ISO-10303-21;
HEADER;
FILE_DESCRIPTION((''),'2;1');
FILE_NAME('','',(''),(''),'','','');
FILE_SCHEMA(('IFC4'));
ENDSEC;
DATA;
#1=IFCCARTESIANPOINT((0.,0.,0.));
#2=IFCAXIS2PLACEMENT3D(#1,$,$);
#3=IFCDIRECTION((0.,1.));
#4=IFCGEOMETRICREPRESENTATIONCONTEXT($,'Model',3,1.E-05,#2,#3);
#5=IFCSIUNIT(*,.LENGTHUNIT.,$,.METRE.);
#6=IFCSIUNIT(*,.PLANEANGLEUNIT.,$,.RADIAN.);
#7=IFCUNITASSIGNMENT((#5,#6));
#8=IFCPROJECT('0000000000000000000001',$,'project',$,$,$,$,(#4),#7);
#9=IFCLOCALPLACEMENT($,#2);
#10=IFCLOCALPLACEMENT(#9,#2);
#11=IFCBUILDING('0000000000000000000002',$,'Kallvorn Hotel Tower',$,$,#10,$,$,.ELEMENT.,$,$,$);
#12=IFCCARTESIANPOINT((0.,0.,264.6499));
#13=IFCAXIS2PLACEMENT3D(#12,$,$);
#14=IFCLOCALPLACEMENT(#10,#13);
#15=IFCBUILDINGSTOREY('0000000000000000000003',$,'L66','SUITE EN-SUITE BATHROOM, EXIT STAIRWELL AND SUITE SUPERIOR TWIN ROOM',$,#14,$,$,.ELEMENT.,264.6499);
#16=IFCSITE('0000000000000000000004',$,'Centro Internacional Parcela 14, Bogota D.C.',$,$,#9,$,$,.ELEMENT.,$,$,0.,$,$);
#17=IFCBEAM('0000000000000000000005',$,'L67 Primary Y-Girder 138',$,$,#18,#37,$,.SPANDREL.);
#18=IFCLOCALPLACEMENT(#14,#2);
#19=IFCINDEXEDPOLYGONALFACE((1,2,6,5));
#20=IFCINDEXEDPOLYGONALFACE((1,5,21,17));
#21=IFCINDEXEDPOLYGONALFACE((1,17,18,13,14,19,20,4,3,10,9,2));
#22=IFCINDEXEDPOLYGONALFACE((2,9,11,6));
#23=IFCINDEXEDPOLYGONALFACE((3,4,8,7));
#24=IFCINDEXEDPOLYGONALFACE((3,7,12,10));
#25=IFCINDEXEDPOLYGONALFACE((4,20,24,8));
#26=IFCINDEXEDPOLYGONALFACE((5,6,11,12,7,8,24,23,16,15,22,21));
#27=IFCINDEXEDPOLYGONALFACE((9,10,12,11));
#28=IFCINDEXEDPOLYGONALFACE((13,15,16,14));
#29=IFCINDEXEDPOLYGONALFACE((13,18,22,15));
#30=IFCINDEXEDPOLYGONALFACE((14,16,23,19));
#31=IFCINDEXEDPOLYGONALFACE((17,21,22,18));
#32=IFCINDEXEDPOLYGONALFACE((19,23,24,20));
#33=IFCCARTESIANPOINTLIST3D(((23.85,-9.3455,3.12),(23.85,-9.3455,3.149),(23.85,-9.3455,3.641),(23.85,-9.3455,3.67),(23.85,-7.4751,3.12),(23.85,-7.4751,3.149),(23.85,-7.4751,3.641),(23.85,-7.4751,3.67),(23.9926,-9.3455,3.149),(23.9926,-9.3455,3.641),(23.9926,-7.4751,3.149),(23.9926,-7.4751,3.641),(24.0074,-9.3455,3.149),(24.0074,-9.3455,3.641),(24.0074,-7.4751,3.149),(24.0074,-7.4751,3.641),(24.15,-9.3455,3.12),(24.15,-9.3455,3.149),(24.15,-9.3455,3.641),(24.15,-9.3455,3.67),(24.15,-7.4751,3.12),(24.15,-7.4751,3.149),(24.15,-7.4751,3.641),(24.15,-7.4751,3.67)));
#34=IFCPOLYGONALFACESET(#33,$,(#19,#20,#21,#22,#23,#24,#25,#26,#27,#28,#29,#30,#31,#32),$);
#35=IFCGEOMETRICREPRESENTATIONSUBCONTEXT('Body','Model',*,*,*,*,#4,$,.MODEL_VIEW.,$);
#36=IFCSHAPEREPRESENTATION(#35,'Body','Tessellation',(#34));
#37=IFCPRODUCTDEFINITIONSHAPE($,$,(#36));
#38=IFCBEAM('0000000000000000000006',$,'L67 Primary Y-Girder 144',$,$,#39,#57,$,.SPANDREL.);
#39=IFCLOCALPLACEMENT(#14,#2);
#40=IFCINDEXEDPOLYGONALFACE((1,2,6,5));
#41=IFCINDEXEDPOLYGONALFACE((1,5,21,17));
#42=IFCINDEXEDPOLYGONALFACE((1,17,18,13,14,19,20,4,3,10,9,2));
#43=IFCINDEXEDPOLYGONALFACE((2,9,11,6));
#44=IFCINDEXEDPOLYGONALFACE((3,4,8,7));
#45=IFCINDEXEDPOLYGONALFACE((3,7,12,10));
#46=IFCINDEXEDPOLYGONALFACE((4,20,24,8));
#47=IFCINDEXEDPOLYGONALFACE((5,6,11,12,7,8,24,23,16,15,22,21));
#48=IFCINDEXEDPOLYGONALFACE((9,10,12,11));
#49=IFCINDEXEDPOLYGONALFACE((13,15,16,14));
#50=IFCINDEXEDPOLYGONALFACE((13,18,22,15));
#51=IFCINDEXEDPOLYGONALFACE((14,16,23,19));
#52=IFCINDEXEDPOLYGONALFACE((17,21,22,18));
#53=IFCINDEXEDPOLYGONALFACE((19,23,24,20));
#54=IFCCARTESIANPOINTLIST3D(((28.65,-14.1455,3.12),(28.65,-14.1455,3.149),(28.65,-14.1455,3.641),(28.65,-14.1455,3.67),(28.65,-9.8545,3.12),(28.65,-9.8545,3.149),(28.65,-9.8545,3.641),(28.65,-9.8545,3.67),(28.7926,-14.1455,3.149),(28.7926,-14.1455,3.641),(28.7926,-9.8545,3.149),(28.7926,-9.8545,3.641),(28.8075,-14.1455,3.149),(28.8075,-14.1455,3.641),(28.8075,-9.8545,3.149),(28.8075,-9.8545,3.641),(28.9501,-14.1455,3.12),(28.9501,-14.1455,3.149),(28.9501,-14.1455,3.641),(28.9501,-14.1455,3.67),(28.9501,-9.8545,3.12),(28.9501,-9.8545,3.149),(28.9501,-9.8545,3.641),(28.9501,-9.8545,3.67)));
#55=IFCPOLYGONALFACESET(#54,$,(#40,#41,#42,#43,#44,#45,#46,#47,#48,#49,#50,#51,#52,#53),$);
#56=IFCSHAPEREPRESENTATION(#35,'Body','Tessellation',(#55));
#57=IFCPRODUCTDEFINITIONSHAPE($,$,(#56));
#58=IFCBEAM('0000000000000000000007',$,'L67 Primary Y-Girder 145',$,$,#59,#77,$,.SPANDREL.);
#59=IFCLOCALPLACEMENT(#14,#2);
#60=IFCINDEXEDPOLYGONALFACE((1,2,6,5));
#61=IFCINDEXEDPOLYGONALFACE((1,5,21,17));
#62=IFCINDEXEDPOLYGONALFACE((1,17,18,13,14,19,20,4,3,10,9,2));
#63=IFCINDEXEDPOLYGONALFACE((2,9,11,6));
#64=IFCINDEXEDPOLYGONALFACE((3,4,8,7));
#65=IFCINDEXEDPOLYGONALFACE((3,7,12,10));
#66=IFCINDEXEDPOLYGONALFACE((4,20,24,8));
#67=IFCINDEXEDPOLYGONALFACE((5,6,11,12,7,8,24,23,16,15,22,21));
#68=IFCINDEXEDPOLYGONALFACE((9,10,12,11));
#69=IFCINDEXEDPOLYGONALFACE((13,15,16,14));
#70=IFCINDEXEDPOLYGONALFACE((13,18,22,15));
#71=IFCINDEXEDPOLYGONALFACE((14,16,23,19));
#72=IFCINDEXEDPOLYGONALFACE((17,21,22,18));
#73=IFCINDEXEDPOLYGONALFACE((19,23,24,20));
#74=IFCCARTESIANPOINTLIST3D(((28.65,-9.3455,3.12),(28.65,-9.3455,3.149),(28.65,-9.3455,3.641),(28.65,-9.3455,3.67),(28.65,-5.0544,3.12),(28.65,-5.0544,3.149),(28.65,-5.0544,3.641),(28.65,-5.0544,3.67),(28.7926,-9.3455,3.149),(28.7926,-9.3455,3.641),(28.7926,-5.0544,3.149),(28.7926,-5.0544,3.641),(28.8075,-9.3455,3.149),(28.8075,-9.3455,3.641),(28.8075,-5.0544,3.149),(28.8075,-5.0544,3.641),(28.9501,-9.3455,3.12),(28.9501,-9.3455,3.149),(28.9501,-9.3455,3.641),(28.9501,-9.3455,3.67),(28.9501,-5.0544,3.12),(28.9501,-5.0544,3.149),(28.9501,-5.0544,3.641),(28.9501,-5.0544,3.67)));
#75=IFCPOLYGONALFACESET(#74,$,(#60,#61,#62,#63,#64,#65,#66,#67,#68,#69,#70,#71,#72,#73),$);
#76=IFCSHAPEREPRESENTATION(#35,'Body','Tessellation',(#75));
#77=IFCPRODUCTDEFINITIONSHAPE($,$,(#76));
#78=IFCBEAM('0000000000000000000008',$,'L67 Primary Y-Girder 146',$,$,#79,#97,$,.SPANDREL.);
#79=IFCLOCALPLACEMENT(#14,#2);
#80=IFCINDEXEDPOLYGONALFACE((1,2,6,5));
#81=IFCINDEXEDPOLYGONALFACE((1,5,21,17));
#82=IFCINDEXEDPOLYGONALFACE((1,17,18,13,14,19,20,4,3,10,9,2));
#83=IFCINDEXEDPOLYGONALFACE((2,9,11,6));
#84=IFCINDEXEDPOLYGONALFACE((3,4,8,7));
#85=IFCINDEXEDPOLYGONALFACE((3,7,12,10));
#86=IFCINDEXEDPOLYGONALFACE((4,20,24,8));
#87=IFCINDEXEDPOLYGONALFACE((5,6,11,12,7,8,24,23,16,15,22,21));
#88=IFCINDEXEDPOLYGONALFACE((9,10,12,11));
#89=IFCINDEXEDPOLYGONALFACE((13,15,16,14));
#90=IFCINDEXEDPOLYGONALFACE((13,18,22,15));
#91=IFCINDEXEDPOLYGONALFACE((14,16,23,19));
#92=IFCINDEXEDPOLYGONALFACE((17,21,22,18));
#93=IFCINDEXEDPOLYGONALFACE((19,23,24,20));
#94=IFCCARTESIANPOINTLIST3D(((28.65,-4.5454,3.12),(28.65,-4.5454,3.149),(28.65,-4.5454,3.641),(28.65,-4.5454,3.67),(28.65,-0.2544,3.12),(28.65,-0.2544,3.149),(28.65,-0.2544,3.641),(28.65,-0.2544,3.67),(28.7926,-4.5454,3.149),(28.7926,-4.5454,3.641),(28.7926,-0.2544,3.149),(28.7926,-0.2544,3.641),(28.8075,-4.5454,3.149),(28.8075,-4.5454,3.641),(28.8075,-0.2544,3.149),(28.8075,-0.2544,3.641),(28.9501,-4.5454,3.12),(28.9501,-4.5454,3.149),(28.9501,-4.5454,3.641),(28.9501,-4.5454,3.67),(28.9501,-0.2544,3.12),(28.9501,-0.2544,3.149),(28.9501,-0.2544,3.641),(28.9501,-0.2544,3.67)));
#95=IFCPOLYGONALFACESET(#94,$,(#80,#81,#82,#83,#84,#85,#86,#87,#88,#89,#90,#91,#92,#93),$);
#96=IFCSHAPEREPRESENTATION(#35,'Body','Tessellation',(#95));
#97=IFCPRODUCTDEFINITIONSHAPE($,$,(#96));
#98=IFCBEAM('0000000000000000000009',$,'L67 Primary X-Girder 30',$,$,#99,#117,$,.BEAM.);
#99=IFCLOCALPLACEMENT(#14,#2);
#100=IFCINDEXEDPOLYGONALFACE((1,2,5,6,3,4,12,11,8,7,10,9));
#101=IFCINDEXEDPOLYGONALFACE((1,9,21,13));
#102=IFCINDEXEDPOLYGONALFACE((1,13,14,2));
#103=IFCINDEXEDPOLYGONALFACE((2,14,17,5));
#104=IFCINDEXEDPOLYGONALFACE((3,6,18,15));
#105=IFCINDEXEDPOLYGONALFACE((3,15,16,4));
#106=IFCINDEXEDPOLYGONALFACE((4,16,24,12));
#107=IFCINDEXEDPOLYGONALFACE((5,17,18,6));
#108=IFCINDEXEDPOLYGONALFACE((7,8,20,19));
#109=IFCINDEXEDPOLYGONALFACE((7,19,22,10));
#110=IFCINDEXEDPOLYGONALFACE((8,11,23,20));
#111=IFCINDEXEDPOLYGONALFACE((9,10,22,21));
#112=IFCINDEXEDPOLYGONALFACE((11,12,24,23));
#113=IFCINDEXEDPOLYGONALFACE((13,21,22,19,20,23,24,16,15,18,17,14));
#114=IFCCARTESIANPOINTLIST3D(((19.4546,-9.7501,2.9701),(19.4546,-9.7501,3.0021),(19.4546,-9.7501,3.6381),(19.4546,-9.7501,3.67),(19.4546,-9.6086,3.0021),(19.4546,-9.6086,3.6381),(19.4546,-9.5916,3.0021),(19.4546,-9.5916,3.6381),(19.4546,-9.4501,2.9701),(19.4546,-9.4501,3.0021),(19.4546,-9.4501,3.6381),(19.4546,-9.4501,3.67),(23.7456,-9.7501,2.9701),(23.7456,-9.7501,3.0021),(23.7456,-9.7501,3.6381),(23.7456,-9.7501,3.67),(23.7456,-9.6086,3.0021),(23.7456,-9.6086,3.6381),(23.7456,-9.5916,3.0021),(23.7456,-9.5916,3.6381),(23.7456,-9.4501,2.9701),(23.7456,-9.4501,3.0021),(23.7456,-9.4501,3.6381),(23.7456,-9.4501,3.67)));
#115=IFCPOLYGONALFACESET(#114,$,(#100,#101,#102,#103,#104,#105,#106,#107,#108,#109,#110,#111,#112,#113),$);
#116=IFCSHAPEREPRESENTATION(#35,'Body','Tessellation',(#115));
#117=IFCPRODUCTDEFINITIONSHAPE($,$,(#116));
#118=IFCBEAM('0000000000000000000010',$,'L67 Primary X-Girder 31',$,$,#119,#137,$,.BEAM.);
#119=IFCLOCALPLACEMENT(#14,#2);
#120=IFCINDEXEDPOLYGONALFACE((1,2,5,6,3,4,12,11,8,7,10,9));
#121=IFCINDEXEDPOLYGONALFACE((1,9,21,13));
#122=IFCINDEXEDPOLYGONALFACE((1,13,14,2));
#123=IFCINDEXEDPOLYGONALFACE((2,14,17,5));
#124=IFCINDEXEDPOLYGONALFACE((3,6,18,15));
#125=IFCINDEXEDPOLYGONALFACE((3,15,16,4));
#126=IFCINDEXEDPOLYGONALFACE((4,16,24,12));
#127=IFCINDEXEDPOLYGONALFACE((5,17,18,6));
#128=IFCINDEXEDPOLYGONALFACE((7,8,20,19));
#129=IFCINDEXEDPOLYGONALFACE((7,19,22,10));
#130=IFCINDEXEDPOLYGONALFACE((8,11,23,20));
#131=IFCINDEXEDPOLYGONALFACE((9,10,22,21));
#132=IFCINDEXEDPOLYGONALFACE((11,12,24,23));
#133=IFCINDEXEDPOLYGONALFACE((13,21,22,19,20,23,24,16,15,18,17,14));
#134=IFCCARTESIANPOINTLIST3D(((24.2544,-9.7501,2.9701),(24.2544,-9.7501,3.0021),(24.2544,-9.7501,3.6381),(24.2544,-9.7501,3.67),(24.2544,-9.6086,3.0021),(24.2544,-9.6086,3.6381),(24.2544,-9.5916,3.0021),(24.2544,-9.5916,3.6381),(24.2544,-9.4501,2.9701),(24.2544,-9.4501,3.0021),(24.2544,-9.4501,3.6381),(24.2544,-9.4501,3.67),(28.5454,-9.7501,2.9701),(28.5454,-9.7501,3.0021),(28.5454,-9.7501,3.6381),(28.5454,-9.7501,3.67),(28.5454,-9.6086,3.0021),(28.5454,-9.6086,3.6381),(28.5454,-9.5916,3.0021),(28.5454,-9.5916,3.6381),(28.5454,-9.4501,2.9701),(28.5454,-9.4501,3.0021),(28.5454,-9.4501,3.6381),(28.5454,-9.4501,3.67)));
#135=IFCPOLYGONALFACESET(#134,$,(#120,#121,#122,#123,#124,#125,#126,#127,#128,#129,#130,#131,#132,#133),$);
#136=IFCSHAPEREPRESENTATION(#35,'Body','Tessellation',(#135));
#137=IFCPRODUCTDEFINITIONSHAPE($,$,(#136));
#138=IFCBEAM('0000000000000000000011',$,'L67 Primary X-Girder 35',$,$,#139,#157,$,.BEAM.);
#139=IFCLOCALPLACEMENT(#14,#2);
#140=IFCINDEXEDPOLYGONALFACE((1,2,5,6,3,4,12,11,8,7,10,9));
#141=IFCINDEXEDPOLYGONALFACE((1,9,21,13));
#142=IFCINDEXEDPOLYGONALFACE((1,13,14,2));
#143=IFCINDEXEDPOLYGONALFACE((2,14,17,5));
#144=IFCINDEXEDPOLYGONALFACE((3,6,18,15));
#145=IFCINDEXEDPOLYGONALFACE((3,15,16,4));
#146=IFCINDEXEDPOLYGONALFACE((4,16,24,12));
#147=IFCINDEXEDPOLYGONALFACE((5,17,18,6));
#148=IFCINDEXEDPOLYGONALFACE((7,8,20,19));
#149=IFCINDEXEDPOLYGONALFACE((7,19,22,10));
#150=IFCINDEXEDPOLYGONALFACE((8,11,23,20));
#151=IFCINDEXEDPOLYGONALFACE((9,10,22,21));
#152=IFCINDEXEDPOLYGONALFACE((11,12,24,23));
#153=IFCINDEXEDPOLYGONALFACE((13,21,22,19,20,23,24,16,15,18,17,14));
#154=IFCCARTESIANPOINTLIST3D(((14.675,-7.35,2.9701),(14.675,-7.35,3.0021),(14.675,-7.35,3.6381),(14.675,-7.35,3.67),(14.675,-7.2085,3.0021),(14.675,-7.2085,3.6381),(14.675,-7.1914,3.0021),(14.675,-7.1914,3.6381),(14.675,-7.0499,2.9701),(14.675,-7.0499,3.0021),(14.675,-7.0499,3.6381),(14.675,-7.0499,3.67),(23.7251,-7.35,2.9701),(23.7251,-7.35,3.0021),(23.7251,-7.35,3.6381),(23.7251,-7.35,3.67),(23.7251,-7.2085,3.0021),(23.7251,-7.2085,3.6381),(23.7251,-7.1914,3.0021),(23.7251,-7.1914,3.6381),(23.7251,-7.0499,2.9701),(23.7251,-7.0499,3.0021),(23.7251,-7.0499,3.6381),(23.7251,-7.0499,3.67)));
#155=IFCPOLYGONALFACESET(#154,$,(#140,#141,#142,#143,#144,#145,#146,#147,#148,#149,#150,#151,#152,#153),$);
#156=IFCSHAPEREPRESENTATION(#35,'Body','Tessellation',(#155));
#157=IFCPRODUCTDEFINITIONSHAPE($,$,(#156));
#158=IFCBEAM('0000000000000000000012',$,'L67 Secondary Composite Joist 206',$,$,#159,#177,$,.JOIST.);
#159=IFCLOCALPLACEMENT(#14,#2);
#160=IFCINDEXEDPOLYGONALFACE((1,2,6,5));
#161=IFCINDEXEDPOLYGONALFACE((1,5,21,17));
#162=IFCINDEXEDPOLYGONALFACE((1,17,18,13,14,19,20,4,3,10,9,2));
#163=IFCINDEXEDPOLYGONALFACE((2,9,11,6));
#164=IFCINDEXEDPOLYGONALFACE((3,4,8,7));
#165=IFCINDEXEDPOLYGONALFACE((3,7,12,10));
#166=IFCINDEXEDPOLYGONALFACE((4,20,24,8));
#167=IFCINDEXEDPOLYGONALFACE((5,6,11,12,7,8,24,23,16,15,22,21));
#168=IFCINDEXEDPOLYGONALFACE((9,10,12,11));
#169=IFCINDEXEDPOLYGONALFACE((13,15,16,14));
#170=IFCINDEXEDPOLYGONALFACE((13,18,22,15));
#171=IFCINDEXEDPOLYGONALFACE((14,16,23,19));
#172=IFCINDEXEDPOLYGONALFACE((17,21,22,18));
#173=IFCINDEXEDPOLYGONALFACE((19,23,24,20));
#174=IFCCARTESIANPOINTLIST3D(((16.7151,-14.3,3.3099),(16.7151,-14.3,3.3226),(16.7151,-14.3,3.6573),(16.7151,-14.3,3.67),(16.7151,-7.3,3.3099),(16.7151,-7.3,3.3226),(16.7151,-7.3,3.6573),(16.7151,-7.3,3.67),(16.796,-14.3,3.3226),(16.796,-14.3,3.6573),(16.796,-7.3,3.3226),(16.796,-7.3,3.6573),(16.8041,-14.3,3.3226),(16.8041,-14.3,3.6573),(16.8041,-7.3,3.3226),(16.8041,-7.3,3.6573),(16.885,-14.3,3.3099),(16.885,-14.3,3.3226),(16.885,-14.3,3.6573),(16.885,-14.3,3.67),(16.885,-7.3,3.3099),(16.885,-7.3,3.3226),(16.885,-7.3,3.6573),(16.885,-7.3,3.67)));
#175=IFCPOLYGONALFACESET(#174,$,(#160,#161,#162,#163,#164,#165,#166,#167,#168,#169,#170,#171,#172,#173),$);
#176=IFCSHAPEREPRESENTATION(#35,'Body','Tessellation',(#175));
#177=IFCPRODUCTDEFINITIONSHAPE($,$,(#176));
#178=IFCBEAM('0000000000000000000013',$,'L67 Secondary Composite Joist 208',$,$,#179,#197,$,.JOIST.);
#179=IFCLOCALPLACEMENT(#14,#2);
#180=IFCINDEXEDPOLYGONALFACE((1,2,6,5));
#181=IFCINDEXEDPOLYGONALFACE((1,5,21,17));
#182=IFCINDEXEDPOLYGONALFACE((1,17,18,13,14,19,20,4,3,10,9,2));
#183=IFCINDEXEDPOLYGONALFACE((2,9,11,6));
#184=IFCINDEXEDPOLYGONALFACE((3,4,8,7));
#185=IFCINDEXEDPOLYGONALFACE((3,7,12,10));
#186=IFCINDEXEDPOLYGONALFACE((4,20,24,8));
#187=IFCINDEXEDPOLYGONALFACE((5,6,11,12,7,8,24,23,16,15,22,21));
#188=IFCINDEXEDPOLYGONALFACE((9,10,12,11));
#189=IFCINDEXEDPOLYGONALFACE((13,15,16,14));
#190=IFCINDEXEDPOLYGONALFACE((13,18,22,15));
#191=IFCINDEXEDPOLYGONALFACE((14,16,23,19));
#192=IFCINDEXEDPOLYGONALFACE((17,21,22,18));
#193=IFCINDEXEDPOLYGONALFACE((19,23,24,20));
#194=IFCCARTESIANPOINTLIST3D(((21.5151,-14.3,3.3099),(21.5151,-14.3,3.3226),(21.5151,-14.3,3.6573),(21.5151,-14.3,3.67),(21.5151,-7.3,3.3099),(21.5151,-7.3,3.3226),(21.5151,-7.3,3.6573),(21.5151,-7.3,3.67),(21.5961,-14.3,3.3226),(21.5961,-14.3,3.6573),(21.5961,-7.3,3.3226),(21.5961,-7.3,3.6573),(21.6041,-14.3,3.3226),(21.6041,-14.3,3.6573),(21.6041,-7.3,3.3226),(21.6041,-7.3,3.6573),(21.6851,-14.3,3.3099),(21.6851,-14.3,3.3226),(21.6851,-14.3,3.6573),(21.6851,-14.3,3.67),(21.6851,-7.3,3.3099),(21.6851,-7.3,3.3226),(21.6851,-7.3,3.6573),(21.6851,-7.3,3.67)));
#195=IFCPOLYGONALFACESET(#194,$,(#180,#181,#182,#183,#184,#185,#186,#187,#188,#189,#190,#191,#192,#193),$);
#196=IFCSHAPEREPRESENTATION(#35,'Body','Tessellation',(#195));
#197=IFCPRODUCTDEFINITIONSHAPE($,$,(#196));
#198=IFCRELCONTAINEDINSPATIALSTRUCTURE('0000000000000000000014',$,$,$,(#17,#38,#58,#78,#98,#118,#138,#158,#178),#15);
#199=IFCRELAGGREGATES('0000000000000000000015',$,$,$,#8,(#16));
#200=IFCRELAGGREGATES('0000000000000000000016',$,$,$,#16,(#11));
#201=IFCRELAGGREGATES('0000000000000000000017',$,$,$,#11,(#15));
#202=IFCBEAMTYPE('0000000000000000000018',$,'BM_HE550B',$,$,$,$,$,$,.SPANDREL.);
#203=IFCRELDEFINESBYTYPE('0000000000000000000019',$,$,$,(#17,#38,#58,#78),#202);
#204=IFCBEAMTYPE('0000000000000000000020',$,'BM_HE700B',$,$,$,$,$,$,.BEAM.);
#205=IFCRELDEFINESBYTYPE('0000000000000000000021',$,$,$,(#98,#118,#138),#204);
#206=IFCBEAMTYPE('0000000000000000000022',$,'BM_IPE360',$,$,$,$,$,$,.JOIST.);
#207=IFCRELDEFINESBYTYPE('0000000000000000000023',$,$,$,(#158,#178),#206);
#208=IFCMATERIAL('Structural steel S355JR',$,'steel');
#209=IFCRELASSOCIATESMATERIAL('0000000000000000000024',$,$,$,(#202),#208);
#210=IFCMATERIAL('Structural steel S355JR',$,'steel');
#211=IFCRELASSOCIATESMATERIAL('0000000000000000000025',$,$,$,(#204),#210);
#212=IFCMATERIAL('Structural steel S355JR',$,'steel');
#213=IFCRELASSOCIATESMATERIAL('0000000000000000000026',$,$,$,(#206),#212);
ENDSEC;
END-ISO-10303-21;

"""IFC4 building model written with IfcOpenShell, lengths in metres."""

from ifc_helpers import new_model, si_unit, direction, frame, origin, origin_2d, place, context, subcontext, project, spatial, i_section, extrude, material, material_profile, profile_set, type_object, element, save


model = new_model("IFC4")

# Units and contexts
model_context = context("Model", 3, precision=1e-05, world=origin(), true_north=direction((0.0, 1.0)))
body_context = subcontext(model_context, "Body", "Model", "MODEL_VIEW")
ifc_project = project(units=[si_unit("LENGTHUNIT", "METRE"), si_unit("PLANEANGLEUNIT", "RADIAN")], contexts=[model_context])

# Site, building, storey
site_placement = place(None, origin())
site = spatial("IfcSite", under=ifc_project, at=site_placement, Name="Centro Internacional Parcela 14, Bogota D.C.", CompositionType="ELEMENT", RefElevation=0.0)
building_placement = place(site_placement, origin())
building = spatial("IfcBuilding", under=site, at=building_placement, Name="Kallvorn Hotel Tower", CompositionType="ELEMENT")
storey_placement = place(building_placement, frame((0.0, 0.0, 264.6499)))
storey = spatial("IfcBuildingStorey", under=building, at=storey_placement, Name="L66", Description="SUITE EN-SUITE BATHROOM, EXIT STAIRWELL AND SUITE SUPERIOR TWIN ROOM", CompositionType="ELEMENT", Elevation=264.6499)

# Beams
ifc_material_1 = material(Name="Structural steel S355JR", Category="steel")
ifc_material_profile_1 = material_profile(ifc_material_1, i_section(OverallWidth=0.3, OverallDepth=0.55, WebThickness=0.0149, FlangeThickness=0.0291, at=origin_2d()), Name="HE 550 B")
ifc_profile_set_1 = profile_set([ifc_material_profile_1], Name="Structural steel S355JR")
beam_type_1 = type_object("IfcBeamType", Name="BM_HE550B", PredefinedType="SPANDREL", material=ifc_profile_set_1)
beam_1_placement = place(storey_placement, frame((24.0, -9.3455, 3.395), z_axis=(0.0, 1.0, 0.0), x_axis=(-1.0, 0.0, 0.0)))
element("IfcBeam", 1, at=beam_1_placement, inside=storey, type_object=beam_type_1, Name="L67 Primary Y-Girder 138", PredefinedType="SPANDREL", context=body_context, shape_type="SweptSolid", body=[
    extrude(i_section(OverallWidth=0.3, OverallDepth=0.55, WebThickness=0.0149, FlangeThickness=0.0291, at=origin_2d()), origin(), (0.0, 0.0, 1.0), 1.8704),
])
for number, where, z_axis, x_axis, name in (
    (2, (28.8, -14.1455, 3.395), (0.0, 1.0, 0.0), (-1.0, 0.0, 0.0), "L67 Primary Y-Girder 144"),
    (3, (28.8, -9.3455, 3.395), (0.0, 1.0, 0.0), (-1.0, 0.0, 0.0), "L67 Primary Y-Girder 145"),
    (4, (28.8, -4.5454, 3.395), (0.0, 1.0, 0.0), (-1.0, 0.0, 0.0), "L67 Primary Y-Girder 146"),
):
    element("IfcBeam", number, at=place(storey_placement, frame(where, z_axis=z_axis, x_axis=x_axis)), inside=storey, type_object=beam_type_1, Name=name, PredefinedType="SPANDREL", context=body_context, shape_type="SweptSolid", body=[
        extrude(i_section(OverallWidth=0.3, OverallDepth=0.55, WebThickness=0.0149, FlangeThickness=0.0291, at=origin_2d()), origin(), (0.0, 0.0, 1.0), 4.291),
    ])
ifc_material_2 = material(Name="Structural steel S355JR", Category="steel")
ifc_material_profile_2 = material_profile(ifc_material_2, i_section(OverallWidth=0.3, OverallDepth=0.7, WebThickness=0.0171, FlangeThickness=0.032, at=origin_2d()), Name="HE 700 B")
ifc_profile_set_2 = profile_set([ifc_material_profile_2], Name="Structural steel S355JR")
beam_type_2 = type_object("IfcBeamType", Name="BM_HE700B", PredefinedType="BEAM", material=ifc_profile_set_2)
for number, where, z_axis, x_axis, name in (
    (5, (19.4546, -9.6001, 3.3201), (1.0, 0.0, 0.0), (0.0, 1.0, 0.0), "L67 Primary X-Girder 30"),
    (6, (24.2544, -9.6001, 3.3201), (1.0, 0.0, 0.0), (0.0, 1.0, 0.0), "L67 Primary X-Girder 31"),
):
    element("IfcBeam", number, at=place(storey_placement, frame(where, z_axis=z_axis, x_axis=x_axis)), inside=storey, type_object=beam_type_2, Name=name, PredefinedType="BEAM", context=body_context, shape_type="SweptSolid", body=[
        extrude(i_section(OverallWidth=0.3, OverallDepth=0.7, WebThickness=0.0171, FlangeThickness=0.032, at=origin_2d()), origin(), (0.0, 0.0, 1.0), 4.291),
    ])
beam_2_placement = place(storey_placement, frame((14.675, -7.2, 3.3201), z_axis=(1.0, 0.0, 0.0), x_axis=(0.0, 1.0, 0.0)))
element("IfcBeam", 7, at=beam_2_placement, inside=storey, type_object=beam_type_2, Name="L67 Primary X-Girder 35", PredefinedType="BEAM", context=body_context, shape_type="SweptSolid", body=[
    extrude(i_section(OverallWidth=0.3, OverallDepth=0.7, WebThickness=0.0171, FlangeThickness=0.032, at=origin_2d()), origin(), (0.0, 0.0, 1.0), 9.05),
])
ifc_material_3 = material(Name="Structural steel S355JR", Category="steel")
ifc_material_profile_3 = material_profile(ifc_material_3, i_section(OverallWidth=0.1699, OverallDepth=0.3601, WebThickness=0.0081, FlangeThickness=0.0127, at=origin_2d()), Name="IPE 360")
ifc_profile_set_3 = profile_set([ifc_material_profile_3], Name="Structural steel S355JR")
beam_type_3 = type_object("IfcBeamType", Name="BM_IPE360", PredefinedType="JOIST", material=ifc_profile_set_3)
for number, where, z_axis, x_axis, name in (
    (8, (16.8, -14.3, 3.49), (0.0, 1.0, 0.0), (-1.0, 0.0, 0.0), "L67 Secondary Composite Joist 206"),
    (9, (21.6001, -14.3, 3.49), (0.0, 1.0, 0.0), (-1.0, 0.0, 0.0), "L67 Secondary Composite Joist 208"),
):
    element("IfcBeam", number, at=place(storey_placement, frame(where, z_axis=z_axis, x_axis=x_axis)), inside=storey, type_object=beam_type_3, Name=name, PredefinedType="JOIST", context=body_context, shape_type="SweptSolid", body=[
        extrude(i_section(OverallWidth=0.1699, OverallDepth=0.3601, WebThickness=0.0081, FlangeThickness=0.0127, at=origin_2d()), origin(), (0.0, 0.0, 1.0), 7.0),
    ])

save(model, "model.ifc")
